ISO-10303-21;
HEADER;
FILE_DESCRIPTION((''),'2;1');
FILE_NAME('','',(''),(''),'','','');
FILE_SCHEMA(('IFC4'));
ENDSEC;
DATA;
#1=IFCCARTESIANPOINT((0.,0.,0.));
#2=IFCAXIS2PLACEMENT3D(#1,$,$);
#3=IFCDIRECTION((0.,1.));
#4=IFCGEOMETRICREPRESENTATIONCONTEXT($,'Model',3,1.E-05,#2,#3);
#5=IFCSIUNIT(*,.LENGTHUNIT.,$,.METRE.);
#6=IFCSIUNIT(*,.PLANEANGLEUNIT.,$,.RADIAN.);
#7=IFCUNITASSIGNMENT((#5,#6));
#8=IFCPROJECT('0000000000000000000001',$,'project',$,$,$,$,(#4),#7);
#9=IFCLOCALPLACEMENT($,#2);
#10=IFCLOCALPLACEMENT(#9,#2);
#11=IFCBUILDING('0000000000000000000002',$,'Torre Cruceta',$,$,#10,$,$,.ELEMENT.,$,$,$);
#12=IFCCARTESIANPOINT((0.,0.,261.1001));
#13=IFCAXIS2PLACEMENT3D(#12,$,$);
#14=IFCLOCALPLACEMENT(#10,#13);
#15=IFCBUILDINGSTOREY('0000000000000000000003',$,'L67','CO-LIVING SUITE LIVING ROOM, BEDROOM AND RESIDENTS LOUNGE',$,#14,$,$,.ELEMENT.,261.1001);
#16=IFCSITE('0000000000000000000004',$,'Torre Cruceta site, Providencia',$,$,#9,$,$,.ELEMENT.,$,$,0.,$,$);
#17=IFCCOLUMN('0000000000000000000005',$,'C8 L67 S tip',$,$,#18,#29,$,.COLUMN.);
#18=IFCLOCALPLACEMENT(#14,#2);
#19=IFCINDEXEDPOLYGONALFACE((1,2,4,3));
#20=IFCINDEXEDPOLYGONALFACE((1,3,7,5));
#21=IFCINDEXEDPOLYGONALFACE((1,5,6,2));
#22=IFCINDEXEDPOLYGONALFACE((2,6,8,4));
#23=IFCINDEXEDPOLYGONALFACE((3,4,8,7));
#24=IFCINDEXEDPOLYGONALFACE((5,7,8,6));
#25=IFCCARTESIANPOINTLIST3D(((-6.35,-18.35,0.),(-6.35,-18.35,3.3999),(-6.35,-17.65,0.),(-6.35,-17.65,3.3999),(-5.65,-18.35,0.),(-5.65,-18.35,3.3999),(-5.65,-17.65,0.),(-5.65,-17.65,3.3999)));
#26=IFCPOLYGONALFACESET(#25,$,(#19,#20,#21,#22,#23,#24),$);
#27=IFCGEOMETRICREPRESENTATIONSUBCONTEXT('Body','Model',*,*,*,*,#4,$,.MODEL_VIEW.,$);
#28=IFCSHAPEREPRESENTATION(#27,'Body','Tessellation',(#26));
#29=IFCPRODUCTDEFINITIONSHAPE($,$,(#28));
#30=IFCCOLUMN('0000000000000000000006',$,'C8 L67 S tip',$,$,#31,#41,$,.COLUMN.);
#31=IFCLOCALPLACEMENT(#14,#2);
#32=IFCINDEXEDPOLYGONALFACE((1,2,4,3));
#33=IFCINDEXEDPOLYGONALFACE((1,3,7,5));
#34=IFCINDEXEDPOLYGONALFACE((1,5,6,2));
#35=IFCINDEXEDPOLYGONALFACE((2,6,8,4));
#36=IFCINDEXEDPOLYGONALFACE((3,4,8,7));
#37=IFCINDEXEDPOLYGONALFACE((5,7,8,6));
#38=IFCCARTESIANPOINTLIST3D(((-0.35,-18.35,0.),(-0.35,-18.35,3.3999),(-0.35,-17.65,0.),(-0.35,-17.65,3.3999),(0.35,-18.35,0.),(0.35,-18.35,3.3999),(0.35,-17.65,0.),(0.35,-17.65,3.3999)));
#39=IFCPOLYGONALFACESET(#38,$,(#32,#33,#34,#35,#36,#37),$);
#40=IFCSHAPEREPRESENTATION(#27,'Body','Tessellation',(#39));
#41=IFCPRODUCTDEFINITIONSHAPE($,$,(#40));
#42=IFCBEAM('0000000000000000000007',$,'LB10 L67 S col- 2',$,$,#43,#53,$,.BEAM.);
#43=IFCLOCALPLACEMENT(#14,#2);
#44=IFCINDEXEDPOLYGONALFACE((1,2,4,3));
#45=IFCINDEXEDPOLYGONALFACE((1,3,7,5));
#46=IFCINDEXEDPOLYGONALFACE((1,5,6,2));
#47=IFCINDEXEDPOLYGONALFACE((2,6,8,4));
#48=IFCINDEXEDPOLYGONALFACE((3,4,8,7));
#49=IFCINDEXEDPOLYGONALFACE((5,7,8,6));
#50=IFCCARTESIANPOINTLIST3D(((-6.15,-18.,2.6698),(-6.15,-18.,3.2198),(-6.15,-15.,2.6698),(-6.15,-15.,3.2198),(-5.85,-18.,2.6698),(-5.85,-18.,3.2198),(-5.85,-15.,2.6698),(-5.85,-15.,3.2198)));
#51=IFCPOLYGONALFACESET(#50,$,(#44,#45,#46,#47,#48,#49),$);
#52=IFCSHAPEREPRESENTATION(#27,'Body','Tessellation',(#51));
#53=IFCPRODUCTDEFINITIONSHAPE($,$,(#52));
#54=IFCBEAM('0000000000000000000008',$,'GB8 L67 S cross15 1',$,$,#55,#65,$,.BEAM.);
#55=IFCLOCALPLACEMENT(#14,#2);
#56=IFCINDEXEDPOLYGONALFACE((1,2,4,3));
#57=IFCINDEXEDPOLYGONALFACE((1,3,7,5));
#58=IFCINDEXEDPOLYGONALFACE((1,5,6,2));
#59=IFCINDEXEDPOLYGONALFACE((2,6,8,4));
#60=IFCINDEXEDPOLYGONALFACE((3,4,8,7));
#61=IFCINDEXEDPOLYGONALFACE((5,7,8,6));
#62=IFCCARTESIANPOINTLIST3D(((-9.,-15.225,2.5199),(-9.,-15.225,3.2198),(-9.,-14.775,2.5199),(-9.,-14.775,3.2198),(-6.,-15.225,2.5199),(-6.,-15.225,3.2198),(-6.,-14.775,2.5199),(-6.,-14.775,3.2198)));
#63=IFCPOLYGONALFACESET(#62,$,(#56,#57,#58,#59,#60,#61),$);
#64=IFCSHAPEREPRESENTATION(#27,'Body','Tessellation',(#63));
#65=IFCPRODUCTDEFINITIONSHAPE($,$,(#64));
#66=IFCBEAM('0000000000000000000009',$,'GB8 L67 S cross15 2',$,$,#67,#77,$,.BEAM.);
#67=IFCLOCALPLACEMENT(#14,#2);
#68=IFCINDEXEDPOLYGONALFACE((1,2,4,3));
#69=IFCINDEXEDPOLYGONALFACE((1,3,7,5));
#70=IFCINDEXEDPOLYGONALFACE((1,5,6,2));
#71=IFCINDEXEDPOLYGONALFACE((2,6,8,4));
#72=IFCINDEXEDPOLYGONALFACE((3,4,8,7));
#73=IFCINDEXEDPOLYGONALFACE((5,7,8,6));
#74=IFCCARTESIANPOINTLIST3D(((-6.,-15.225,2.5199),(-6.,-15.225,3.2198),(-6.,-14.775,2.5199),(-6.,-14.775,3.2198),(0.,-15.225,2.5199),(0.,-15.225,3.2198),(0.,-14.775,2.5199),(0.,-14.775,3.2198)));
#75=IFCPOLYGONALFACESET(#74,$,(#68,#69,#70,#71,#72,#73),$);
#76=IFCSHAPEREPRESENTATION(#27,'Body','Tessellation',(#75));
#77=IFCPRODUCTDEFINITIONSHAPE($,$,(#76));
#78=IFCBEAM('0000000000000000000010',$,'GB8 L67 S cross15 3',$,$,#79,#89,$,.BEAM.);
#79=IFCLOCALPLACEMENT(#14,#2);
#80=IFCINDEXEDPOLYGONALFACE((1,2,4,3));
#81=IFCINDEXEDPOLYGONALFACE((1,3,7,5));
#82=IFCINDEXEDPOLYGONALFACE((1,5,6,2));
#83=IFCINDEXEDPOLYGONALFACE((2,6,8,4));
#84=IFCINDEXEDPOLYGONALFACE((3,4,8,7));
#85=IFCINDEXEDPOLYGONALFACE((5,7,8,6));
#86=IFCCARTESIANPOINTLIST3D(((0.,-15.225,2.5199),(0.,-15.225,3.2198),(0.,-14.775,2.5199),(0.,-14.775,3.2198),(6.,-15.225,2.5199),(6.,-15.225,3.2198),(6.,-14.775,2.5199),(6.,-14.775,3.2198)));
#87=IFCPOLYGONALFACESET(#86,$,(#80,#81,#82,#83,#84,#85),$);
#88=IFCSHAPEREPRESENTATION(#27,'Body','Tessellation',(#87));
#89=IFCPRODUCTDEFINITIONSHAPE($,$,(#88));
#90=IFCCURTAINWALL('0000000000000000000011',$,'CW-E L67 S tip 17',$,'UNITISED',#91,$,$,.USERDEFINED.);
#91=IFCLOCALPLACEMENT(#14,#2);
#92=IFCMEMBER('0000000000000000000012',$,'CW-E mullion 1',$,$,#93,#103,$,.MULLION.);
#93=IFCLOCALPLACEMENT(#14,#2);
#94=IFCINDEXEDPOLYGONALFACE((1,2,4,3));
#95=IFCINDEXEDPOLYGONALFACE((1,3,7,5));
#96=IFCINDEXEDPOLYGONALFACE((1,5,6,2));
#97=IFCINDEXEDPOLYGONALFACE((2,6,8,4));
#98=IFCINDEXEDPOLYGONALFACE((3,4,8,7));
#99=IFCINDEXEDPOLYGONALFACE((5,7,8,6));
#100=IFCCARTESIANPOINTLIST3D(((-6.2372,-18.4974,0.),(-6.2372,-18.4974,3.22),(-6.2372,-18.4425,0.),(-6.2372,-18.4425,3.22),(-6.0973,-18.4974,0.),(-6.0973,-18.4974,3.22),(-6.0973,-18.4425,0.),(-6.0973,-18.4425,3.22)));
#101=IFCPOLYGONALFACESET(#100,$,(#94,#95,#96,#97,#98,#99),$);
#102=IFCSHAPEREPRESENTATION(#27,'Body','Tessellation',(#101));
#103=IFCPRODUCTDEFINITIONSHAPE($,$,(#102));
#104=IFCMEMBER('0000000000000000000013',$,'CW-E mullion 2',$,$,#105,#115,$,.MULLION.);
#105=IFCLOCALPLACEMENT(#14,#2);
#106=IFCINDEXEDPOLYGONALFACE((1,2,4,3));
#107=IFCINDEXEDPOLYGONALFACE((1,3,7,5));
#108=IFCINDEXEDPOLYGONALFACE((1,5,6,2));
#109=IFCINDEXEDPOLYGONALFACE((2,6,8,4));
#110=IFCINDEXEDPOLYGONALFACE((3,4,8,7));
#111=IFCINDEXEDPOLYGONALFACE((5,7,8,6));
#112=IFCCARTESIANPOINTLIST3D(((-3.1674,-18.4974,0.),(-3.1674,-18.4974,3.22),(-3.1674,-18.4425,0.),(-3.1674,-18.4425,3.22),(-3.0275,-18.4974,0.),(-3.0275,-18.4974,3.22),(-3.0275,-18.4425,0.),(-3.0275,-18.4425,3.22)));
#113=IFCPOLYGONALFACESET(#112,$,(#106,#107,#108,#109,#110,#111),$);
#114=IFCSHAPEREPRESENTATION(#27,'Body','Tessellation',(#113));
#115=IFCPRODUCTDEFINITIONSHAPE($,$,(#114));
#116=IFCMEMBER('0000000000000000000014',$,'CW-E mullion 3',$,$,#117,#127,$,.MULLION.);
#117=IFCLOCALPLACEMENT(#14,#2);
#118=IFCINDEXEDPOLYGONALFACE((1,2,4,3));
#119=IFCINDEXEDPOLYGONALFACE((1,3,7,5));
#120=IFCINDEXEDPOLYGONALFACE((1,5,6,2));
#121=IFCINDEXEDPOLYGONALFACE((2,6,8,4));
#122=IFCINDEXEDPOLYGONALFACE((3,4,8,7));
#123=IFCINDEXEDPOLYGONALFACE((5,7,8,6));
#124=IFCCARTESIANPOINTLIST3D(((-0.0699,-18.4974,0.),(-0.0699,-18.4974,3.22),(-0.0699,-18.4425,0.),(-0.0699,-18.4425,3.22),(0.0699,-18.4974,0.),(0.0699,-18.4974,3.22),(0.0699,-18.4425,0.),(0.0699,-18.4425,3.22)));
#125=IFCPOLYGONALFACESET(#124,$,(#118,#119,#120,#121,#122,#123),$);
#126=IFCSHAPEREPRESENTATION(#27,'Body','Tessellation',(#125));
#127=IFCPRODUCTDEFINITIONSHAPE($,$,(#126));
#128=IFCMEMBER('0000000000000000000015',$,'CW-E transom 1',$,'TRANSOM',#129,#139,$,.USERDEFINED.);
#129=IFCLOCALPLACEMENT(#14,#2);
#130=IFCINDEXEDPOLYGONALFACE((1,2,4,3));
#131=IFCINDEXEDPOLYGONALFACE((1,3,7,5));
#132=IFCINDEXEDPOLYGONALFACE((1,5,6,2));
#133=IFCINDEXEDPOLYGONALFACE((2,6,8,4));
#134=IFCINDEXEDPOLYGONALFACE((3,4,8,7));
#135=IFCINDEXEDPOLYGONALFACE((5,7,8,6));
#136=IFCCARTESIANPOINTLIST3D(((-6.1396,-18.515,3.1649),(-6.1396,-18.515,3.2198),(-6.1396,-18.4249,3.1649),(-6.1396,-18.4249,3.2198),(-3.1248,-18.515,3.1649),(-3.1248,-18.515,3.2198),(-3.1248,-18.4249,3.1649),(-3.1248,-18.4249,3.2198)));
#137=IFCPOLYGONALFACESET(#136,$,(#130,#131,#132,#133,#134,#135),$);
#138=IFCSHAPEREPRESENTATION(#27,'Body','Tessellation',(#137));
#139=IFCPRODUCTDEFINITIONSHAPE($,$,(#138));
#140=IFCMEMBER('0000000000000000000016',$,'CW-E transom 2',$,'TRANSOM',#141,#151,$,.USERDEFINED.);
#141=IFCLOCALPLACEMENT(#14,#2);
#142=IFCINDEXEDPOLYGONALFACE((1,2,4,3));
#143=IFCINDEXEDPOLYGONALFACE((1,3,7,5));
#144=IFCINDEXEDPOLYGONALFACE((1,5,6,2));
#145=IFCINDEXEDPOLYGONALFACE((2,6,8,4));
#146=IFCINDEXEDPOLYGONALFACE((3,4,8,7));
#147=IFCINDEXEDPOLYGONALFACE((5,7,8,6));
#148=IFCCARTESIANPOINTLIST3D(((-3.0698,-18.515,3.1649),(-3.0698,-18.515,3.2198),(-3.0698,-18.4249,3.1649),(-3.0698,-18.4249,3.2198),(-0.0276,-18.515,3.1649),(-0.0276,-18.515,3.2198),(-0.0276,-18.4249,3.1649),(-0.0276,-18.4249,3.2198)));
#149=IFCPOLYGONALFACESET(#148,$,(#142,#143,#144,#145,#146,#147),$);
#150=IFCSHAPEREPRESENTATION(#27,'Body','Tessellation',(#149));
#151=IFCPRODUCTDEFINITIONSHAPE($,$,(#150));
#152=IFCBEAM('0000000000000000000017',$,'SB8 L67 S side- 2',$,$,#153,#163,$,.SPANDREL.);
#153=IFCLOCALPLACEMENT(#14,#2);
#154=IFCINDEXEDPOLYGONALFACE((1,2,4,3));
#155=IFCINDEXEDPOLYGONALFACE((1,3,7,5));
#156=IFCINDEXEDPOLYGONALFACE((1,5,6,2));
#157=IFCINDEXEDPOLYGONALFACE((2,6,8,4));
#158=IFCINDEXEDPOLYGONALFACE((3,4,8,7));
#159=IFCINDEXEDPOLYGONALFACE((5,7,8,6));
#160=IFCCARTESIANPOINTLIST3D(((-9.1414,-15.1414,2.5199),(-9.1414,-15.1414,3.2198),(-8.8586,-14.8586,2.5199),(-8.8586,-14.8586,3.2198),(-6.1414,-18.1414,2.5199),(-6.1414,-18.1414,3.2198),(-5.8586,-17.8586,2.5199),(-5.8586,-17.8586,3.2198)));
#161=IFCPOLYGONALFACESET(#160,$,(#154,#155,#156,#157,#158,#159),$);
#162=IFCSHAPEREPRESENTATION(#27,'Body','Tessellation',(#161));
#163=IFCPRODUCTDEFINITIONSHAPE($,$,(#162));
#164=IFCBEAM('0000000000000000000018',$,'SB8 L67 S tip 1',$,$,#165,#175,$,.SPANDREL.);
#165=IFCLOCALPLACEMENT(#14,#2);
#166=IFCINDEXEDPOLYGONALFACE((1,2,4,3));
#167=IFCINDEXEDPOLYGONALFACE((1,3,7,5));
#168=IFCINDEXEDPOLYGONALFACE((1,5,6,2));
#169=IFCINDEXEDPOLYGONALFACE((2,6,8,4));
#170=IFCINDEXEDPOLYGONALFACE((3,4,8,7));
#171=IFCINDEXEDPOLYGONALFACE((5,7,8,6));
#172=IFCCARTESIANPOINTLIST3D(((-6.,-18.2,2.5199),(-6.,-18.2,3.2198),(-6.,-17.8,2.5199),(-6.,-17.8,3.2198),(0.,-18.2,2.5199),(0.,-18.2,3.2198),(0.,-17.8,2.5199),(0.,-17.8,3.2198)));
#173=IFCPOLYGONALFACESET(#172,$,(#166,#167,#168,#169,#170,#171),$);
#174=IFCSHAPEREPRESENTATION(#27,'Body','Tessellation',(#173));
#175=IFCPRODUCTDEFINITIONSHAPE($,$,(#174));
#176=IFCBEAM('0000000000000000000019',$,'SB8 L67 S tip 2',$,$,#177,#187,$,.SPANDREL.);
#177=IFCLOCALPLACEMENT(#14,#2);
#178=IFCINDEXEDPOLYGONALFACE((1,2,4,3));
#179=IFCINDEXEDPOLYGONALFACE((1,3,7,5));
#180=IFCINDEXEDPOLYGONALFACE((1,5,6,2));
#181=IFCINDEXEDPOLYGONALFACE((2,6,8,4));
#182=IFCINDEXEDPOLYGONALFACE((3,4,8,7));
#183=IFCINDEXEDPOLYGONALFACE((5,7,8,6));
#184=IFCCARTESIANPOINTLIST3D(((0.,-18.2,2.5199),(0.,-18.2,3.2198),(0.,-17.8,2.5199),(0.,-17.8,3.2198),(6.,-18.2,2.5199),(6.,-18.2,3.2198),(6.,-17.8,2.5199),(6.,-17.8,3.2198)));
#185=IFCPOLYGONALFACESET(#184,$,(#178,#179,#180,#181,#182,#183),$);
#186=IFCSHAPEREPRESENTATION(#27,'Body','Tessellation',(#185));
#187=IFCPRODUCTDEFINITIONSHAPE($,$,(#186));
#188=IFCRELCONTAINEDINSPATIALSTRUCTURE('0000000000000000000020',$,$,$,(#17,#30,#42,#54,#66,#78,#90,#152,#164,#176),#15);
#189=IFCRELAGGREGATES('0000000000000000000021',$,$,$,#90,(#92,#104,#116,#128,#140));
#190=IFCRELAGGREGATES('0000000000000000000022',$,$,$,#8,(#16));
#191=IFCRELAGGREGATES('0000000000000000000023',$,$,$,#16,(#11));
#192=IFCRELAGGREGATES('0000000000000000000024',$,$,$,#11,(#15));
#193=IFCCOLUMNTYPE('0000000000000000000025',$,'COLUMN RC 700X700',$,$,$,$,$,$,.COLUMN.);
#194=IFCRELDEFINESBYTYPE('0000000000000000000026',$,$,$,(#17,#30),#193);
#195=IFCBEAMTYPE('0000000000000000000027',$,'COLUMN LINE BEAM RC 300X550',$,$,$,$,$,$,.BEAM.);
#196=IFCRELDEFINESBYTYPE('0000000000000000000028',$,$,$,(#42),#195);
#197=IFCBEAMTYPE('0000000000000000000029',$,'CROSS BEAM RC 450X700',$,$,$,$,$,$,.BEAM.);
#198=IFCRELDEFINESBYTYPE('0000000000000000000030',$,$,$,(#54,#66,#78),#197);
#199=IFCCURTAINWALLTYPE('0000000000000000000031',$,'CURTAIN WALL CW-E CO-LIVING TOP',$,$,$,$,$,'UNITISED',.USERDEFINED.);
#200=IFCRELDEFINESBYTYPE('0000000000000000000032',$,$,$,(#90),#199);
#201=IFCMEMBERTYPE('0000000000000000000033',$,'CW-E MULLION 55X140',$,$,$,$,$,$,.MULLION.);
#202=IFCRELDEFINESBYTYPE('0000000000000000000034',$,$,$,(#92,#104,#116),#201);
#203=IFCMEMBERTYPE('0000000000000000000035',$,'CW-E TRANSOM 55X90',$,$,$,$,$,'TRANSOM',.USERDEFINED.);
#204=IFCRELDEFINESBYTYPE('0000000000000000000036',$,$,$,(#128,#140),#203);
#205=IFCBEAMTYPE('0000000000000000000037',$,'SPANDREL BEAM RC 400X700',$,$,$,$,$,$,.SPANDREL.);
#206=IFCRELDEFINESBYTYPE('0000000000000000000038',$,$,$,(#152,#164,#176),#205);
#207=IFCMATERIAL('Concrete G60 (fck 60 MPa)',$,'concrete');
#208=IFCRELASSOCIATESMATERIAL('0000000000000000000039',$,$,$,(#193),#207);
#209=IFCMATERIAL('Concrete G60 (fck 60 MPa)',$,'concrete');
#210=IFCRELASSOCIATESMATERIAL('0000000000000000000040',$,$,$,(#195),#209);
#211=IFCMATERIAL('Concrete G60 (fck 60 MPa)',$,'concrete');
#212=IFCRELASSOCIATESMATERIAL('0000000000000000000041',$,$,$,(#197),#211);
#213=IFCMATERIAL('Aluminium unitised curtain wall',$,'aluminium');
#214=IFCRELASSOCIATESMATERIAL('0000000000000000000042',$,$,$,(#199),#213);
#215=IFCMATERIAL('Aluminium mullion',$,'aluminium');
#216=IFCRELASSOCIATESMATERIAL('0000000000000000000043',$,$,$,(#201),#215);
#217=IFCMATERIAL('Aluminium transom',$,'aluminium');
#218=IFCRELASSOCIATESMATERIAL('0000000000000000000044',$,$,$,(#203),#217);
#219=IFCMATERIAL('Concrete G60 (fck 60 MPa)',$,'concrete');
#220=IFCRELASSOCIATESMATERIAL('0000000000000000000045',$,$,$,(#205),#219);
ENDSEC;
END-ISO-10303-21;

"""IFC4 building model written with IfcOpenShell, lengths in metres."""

from ifc_helpers import new_model, si_unit, direction, frame, origin, origin_2d, place, context, subcontext, project, spatial, rectangle, extrude, material, material_profile, profile_set, type_object, element, aggregate, save


model = new_model("IFC4")

# Units and contexts
model_context = context("Model", 3, precision=1e-05, world=origin(), true_north=direction((0.0, 1.0)))
body_context = subcontext(model_context, "Body", "Model", "MODEL_VIEW")
ifc_project = project(units=[si_unit("LENGTHUNIT", "METRE"), si_unit("PLANEANGLEUNIT", "RADIAN")], contexts=[model_context])

# Site, building, storey
site_placement = place(None, origin())
site = spatial("IfcSite", under=ifc_project, at=site_placement, Name="Torre Cruceta site, Providencia", CompositionType="ELEMENT", RefElevation=0.0)
building_placement = place(site_placement, origin())
building = spatial("IfcBuilding", under=site, at=building_placement, Name="Torre Cruceta", CompositionType="ELEMENT")
storey_placement = place(building_placement, frame((0.0, 0.0, 261.1001)))
storey = spatial("IfcBuildingStorey", under=building, at=storey_placement, Name="L67", Description="CO-LIVING SUITE LIVING ROOM, BEDROOM AND RESIDENTS LOUNGE", CompositionType="ELEMENT", Elevation=261.1001)

# Columns
ifc_material_1 = material(Name="Concrete G60 (fck 60 MPa)", Category="concrete")
ifc_material_profile_1 = material_profile(ifc_material_1, rectangle(XDim=0.7, YDim=0.7, at=origin_2d()), Name="RC 700X700")
ifc_profile_set_1 = profile_set([ifc_material_profile_1], Name="Concrete G60 (fck 60 MPa)")
column_type = type_object("IfcColumnType", Name="COLUMN RC 700X700", PredefinedType="COLUMN", material=ifc_profile_set_1)
for number, where, z_axis, x_axis, name in (
    (1, (-6.0, -18.0, 0.0), (0.0, 0.0, 1.0), (1.0, 0.0, 0.0), "C8 L67 S tip"),
    (2, (0.0, -18.0, 0.0), (0.0, 0.0, 1.0), (1.0, 0.0, 0.0), "C8 L67 S tip"),
):
    element("IfcColumn", number, at=place(storey_placement, frame(where, z_axis=z_axis, x_axis=x_axis)), inside=storey, type_object=column_type, Name=name, PredefinedType="COLUMN", context=body_context, shape_type="SweptSolid", body=[
        extrude(rectangle(XDim=0.7, YDim=0.7, at=origin_2d()), origin(), (0.0, 0.0, 1.0), 3.3999),
    ])

# Beams
ifc_material_2 = material(Name="Concrete G60 (fck 60 MPa)", Category="concrete")
ifc_material_profile_2 = material_profile(ifc_material_2, rectangle(XDim=0.3, YDim=0.55, at=origin_2d()), Name="RC 300X550")
ifc_profile_set_2 = profile_set([ifc_material_profile_2], Name="Concrete G60 (fck 60 MPa)")
beam_type_1 = type_object("IfcBeamType", Name="COLUMN LINE BEAM RC 300X550", PredefinedType="BEAM", material=ifc_profile_set_2)
beam_1_placement = place(storey_placement, frame((-6.0, -15.0, 2.9448), z_axis=(0.0, -1.0, 0.0), x_axis=(1.0, 0.0, 0.0)))
element("IfcBeam", 3, at=beam_1_placement, inside=storey, type_object=beam_type_1, Name="LB10 L67 S col- 2", PredefinedType="BEAM", context=body_context, shape_type="SweptSolid", body=[
    extrude(rectangle(XDim=0.3, YDim=0.55, at=origin_2d()), origin(), (0.0, 0.0, 1.0), 3.0),
])
ifc_material_3 = material(Name="Concrete G60 (fck 60 MPa)", Category="concrete")
ifc_material_profile_3 = material_profile(ifc_material_3, rectangle(XDim=0.45, YDim=0.7, at=origin_2d()), Name="RC 450X700")
ifc_profile_set_3 = profile_set([ifc_material_profile_3], Name="Concrete G60 (fck 60 MPa)")
beam_type_2 = type_object("IfcBeamType", Name="CROSS BEAM RC 450X700", PredefinedType="BEAM", material=ifc_profile_set_3)
beam_2_placement = place(storey_placement, frame((-9.0, -15.0, 2.8699), z_axis=(1.0, 0.0, 0.0), x_axis=(0.0, 1.0, 0.0)))
element("IfcBeam", 4, at=beam_2_placement, inside=storey, type_object=beam_type_2, Name="GB8 L67 S cross15 1", PredefinedType="BEAM", context=body_context, shape_type="SweptSolid", body=[
    extrude(rectangle(XDim=0.45, YDim=0.7, at=origin_2d()), origin(), (0.0, 0.0, 1.0), 3.0),
])
for number, where, z_axis, x_axis, name in (
    (5, (-6.0, -15.0, 2.8699), (1.0, 0.0, 0.0), (0.0, 1.0, 0.0), "GB8 L67 S cross15 2"),
    (6, (0.0, -15.0, 2.8699), (1.0, 0.0, 0.0), (0.0, 1.0, 0.0), "GB8 L67 S cross15 3"),
):
    element("IfcBeam", number, at=place(storey_placement, frame(where, z_axis=z_axis, x_axis=x_axis)), inside=storey, type_object=beam_type_2, Name=name, PredefinedType="BEAM", context=body_context, shape_type="SweptSolid", body=[
        extrude(rectangle(XDim=0.45, YDim=0.7, at=origin_2d()), origin(), (0.0, 0.0, 1.0), 6.0),
    ])

# Curtain wall, members
ifc_material_4 = material(Name="Aluminium unitised curtain wall", Category="aluminium")
curtain_wall_type = type_object("IfcCurtainWallType", Name="CURTAIN WALL CW-E CO-LIVING TOP", ElementType="UNITISED", PredefinedType="USERDEFINED", material=ifc_material_4)
curtain_wall_placement = place(storey_placement, origin())
curtain_wall = element("IfcCurtainWall", 7, at=curtain_wall_placement, inside=storey, type_object=curtain_wall_type, Name="CW-E L67 S tip 17", ObjectType="UNITISED", PredefinedType="USERDEFINED")
ifc_material_5 = material(Name="Aluminium mullion", Category="aluminium")
ifc_material_profile_4 = material_profile(ifc_material_5, rectangle(XDim=0.0549, YDim=0.1399, at=origin_2d()), Name="AL 55X140")
ifc_profile_set_4 = profile_set([ifc_material_profile_4], Name="Aluminium mullion")
member_type_1 = type_object("IfcMemberType", Name="CW-E MULLION 55X140", PredefinedType="MULLION", material=ifc_profile_set_4)
member_1_placement = place(storey_placement, frame((-6.1672, -18.47, 0.0), z_axis=(0.0, 0.0, 1.0), x_axis=(0.0, 1.0, 0.0)))
member_1 = element("IfcMember", 8, at=member_1_placement, type_object=member_type_1, Name="CW-E mullion 1", PredefinedType="MULLION", context=body_context, shape_type="SweptSolid", body=[
    extrude(rectangle(XDim=0.0549, YDim=0.1399, at=origin_2d()), origin(), (0.0, 0.0, 1.0), 3.22),
])
member_2_placement = place(storey_placement, frame((-3.0974, -18.47, 0.0), z_axis=(0.0, 0.0, 1.0), x_axis=(0.0, 1.0, 0.0)))
member_2 = element("IfcMember", 9, at=member_2_placement, type_object=member_type_1, Name="CW-E mullion 2", PredefinedType="MULLION", context=body_context, shape_type="SweptSolid", body=[
    extrude(rectangle(XDim=0.0549, YDim=0.1399, at=origin_2d()), origin(), (0.0, 0.0, 1.0), 3.22),
])
member_3_placement = place(storey_placement, frame((0.0, -18.47, 0.0), z_axis=(0.0, 0.0, 1.0), x_axis=(0.0, 1.0, 0.0)))
member_3 = element("IfcMember", 10, at=member_3_placement, type_object=member_type_1, Name="CW-E mullion 3", PredefinedType="MULLION", context=body_context, shape_type="SweptSolid", body=[
    extrude(rectangle(XDim=0.0549, YDim=0.1399, at=origin_2d()), origin(), (0.0, 0.0, 1.0), 3.22),
])
ifc_material_6 = material(Name="Aluminium transom", Category="aluminium")
ifc_material_profile_5 = material_profile(ifc_material_6, rectangle(XDim=0.0901, YDim=0.0549, at=origin_2d()), Name="AL 90X55")
ifc_profile_set_5 = profile_set([ifc_material_profile_5], Name="Aluminium transom")
member_type_2 = type_object("IfcMemberType", Name="CW-E TRANSOM 55X90", ElementType="TRANSOM", PredefinedType="USERDEFINED", material=ifc_profile_set_5)
member_4_placement = place(storey_placement, frame((-6.1396, -18.47, 3.1924), z_axis=(1.0, 0.0, 0.0), x_axis=(0.0, 1.0, 0.0)))
member_4 = element("IfcMember", 11, at=member_4_placement, type_object=member_type_2, Name="CW-E transom 1", ObjectType="TRANSOM", PredefinedType="USERDEFINED", context=body_context, shape_type="SweptSolid", body=[
    extrude(rectangle(XDim=0.0901, YDim=0.0549, at=origin_2d()), origin(), (0.0, 0.0, 1.0), 3.0149),
])
member_5_placement = place(storey_placement, frame((-3.0698, -18.47, 3.1924), z_axis=(1.0, 0.0, 0.0), x_axis=(0.0, 1.0, 0.0)))
member_5 = element("IfcMember", 12, at=member_5_placement, type_object=member_type_2, Name="CW-E transom 2", ObjectType="TRANSOM", PredefinedType="USERDEFINED", context=body_context, shape_type="SweptSolid", body=[
    extrude(rectangle(XDim=0.0901, YDim=0.0549, at=origin_2d()), origin(), (0.0, 0.0, 1.0), 3.0422),
])

# Beams
ifc_material_7 = material(Name="Concrete G60 (fck 60 MPa)", Category="concrete")
ifc_material_profile_6 = material_profile(ifc_material_7, rectangle(XDim=0.3999, YDim=0.7, at=origin_2d()), Name="RC 400X700")
ifc_profile_set_6 = profile_set([ifc_material_profile_6], Name="Concrete G60 (fck 60 MPa)")
beam_type_3 = type_object("IfcBeamType", Name="SPANDREL BEAM RC 400X700", PredefinedType="SPANDREL", material=ifc_profile_set_6)
beam_3_placement = place(storey_placement, frame((-9.0, -15.0, 2.8699), z_axis=(0.707107, -0.707107, 0.0), x_axis=(0.707107, 0.707107, 0.0)))
element("IfcBeam", 13, at=beam_3_placement, inside=storey, type_object=beam_type_3, Name="SB8 L67 S side- 2", PredefinedType="SPANDREL", context=body_context, shape_type="SweptSolid", body=[
    extrude(rectangle(XDim=0.3999, YDim=0.7, at=origin_2d()), origin(), (0.0, 0.0, 1.0), 4.2427),
])
for number, where, z_axis, x_axis, name in (
    (14, (-6.0, -18.0, 2.8699), (1.0, 0.0, 0.0), (0.0, 1.0, 0.0), "SB8 L67 S tip 1"),
    (15, (0.0, -18.0, 2.8699), (1.0, 0.0, 0.0), (0.0, 1.0, 0.0), "SB8 L67 S tip 2"),
):
    element("IfcBeam", number, at=place(storey_placement, frame(where, z_axis=z_axis, x_axis=x_axis)), inside=storey, type_object=beam_type_3, Name=name, PredefinedType="SPANDREL", context=body_context, shape_type="SweptSolid", body=[
        extrude(rectangle(XDim=0.3999, YDim=0.7, at=origin_2d()), origin(), (0.0, 0.0, 1.0), 6.0),
    ])

aggregate(curtain_wall, [member_1, member_2, member_3, member_4, member_5])

save(model, "model.ifc")
